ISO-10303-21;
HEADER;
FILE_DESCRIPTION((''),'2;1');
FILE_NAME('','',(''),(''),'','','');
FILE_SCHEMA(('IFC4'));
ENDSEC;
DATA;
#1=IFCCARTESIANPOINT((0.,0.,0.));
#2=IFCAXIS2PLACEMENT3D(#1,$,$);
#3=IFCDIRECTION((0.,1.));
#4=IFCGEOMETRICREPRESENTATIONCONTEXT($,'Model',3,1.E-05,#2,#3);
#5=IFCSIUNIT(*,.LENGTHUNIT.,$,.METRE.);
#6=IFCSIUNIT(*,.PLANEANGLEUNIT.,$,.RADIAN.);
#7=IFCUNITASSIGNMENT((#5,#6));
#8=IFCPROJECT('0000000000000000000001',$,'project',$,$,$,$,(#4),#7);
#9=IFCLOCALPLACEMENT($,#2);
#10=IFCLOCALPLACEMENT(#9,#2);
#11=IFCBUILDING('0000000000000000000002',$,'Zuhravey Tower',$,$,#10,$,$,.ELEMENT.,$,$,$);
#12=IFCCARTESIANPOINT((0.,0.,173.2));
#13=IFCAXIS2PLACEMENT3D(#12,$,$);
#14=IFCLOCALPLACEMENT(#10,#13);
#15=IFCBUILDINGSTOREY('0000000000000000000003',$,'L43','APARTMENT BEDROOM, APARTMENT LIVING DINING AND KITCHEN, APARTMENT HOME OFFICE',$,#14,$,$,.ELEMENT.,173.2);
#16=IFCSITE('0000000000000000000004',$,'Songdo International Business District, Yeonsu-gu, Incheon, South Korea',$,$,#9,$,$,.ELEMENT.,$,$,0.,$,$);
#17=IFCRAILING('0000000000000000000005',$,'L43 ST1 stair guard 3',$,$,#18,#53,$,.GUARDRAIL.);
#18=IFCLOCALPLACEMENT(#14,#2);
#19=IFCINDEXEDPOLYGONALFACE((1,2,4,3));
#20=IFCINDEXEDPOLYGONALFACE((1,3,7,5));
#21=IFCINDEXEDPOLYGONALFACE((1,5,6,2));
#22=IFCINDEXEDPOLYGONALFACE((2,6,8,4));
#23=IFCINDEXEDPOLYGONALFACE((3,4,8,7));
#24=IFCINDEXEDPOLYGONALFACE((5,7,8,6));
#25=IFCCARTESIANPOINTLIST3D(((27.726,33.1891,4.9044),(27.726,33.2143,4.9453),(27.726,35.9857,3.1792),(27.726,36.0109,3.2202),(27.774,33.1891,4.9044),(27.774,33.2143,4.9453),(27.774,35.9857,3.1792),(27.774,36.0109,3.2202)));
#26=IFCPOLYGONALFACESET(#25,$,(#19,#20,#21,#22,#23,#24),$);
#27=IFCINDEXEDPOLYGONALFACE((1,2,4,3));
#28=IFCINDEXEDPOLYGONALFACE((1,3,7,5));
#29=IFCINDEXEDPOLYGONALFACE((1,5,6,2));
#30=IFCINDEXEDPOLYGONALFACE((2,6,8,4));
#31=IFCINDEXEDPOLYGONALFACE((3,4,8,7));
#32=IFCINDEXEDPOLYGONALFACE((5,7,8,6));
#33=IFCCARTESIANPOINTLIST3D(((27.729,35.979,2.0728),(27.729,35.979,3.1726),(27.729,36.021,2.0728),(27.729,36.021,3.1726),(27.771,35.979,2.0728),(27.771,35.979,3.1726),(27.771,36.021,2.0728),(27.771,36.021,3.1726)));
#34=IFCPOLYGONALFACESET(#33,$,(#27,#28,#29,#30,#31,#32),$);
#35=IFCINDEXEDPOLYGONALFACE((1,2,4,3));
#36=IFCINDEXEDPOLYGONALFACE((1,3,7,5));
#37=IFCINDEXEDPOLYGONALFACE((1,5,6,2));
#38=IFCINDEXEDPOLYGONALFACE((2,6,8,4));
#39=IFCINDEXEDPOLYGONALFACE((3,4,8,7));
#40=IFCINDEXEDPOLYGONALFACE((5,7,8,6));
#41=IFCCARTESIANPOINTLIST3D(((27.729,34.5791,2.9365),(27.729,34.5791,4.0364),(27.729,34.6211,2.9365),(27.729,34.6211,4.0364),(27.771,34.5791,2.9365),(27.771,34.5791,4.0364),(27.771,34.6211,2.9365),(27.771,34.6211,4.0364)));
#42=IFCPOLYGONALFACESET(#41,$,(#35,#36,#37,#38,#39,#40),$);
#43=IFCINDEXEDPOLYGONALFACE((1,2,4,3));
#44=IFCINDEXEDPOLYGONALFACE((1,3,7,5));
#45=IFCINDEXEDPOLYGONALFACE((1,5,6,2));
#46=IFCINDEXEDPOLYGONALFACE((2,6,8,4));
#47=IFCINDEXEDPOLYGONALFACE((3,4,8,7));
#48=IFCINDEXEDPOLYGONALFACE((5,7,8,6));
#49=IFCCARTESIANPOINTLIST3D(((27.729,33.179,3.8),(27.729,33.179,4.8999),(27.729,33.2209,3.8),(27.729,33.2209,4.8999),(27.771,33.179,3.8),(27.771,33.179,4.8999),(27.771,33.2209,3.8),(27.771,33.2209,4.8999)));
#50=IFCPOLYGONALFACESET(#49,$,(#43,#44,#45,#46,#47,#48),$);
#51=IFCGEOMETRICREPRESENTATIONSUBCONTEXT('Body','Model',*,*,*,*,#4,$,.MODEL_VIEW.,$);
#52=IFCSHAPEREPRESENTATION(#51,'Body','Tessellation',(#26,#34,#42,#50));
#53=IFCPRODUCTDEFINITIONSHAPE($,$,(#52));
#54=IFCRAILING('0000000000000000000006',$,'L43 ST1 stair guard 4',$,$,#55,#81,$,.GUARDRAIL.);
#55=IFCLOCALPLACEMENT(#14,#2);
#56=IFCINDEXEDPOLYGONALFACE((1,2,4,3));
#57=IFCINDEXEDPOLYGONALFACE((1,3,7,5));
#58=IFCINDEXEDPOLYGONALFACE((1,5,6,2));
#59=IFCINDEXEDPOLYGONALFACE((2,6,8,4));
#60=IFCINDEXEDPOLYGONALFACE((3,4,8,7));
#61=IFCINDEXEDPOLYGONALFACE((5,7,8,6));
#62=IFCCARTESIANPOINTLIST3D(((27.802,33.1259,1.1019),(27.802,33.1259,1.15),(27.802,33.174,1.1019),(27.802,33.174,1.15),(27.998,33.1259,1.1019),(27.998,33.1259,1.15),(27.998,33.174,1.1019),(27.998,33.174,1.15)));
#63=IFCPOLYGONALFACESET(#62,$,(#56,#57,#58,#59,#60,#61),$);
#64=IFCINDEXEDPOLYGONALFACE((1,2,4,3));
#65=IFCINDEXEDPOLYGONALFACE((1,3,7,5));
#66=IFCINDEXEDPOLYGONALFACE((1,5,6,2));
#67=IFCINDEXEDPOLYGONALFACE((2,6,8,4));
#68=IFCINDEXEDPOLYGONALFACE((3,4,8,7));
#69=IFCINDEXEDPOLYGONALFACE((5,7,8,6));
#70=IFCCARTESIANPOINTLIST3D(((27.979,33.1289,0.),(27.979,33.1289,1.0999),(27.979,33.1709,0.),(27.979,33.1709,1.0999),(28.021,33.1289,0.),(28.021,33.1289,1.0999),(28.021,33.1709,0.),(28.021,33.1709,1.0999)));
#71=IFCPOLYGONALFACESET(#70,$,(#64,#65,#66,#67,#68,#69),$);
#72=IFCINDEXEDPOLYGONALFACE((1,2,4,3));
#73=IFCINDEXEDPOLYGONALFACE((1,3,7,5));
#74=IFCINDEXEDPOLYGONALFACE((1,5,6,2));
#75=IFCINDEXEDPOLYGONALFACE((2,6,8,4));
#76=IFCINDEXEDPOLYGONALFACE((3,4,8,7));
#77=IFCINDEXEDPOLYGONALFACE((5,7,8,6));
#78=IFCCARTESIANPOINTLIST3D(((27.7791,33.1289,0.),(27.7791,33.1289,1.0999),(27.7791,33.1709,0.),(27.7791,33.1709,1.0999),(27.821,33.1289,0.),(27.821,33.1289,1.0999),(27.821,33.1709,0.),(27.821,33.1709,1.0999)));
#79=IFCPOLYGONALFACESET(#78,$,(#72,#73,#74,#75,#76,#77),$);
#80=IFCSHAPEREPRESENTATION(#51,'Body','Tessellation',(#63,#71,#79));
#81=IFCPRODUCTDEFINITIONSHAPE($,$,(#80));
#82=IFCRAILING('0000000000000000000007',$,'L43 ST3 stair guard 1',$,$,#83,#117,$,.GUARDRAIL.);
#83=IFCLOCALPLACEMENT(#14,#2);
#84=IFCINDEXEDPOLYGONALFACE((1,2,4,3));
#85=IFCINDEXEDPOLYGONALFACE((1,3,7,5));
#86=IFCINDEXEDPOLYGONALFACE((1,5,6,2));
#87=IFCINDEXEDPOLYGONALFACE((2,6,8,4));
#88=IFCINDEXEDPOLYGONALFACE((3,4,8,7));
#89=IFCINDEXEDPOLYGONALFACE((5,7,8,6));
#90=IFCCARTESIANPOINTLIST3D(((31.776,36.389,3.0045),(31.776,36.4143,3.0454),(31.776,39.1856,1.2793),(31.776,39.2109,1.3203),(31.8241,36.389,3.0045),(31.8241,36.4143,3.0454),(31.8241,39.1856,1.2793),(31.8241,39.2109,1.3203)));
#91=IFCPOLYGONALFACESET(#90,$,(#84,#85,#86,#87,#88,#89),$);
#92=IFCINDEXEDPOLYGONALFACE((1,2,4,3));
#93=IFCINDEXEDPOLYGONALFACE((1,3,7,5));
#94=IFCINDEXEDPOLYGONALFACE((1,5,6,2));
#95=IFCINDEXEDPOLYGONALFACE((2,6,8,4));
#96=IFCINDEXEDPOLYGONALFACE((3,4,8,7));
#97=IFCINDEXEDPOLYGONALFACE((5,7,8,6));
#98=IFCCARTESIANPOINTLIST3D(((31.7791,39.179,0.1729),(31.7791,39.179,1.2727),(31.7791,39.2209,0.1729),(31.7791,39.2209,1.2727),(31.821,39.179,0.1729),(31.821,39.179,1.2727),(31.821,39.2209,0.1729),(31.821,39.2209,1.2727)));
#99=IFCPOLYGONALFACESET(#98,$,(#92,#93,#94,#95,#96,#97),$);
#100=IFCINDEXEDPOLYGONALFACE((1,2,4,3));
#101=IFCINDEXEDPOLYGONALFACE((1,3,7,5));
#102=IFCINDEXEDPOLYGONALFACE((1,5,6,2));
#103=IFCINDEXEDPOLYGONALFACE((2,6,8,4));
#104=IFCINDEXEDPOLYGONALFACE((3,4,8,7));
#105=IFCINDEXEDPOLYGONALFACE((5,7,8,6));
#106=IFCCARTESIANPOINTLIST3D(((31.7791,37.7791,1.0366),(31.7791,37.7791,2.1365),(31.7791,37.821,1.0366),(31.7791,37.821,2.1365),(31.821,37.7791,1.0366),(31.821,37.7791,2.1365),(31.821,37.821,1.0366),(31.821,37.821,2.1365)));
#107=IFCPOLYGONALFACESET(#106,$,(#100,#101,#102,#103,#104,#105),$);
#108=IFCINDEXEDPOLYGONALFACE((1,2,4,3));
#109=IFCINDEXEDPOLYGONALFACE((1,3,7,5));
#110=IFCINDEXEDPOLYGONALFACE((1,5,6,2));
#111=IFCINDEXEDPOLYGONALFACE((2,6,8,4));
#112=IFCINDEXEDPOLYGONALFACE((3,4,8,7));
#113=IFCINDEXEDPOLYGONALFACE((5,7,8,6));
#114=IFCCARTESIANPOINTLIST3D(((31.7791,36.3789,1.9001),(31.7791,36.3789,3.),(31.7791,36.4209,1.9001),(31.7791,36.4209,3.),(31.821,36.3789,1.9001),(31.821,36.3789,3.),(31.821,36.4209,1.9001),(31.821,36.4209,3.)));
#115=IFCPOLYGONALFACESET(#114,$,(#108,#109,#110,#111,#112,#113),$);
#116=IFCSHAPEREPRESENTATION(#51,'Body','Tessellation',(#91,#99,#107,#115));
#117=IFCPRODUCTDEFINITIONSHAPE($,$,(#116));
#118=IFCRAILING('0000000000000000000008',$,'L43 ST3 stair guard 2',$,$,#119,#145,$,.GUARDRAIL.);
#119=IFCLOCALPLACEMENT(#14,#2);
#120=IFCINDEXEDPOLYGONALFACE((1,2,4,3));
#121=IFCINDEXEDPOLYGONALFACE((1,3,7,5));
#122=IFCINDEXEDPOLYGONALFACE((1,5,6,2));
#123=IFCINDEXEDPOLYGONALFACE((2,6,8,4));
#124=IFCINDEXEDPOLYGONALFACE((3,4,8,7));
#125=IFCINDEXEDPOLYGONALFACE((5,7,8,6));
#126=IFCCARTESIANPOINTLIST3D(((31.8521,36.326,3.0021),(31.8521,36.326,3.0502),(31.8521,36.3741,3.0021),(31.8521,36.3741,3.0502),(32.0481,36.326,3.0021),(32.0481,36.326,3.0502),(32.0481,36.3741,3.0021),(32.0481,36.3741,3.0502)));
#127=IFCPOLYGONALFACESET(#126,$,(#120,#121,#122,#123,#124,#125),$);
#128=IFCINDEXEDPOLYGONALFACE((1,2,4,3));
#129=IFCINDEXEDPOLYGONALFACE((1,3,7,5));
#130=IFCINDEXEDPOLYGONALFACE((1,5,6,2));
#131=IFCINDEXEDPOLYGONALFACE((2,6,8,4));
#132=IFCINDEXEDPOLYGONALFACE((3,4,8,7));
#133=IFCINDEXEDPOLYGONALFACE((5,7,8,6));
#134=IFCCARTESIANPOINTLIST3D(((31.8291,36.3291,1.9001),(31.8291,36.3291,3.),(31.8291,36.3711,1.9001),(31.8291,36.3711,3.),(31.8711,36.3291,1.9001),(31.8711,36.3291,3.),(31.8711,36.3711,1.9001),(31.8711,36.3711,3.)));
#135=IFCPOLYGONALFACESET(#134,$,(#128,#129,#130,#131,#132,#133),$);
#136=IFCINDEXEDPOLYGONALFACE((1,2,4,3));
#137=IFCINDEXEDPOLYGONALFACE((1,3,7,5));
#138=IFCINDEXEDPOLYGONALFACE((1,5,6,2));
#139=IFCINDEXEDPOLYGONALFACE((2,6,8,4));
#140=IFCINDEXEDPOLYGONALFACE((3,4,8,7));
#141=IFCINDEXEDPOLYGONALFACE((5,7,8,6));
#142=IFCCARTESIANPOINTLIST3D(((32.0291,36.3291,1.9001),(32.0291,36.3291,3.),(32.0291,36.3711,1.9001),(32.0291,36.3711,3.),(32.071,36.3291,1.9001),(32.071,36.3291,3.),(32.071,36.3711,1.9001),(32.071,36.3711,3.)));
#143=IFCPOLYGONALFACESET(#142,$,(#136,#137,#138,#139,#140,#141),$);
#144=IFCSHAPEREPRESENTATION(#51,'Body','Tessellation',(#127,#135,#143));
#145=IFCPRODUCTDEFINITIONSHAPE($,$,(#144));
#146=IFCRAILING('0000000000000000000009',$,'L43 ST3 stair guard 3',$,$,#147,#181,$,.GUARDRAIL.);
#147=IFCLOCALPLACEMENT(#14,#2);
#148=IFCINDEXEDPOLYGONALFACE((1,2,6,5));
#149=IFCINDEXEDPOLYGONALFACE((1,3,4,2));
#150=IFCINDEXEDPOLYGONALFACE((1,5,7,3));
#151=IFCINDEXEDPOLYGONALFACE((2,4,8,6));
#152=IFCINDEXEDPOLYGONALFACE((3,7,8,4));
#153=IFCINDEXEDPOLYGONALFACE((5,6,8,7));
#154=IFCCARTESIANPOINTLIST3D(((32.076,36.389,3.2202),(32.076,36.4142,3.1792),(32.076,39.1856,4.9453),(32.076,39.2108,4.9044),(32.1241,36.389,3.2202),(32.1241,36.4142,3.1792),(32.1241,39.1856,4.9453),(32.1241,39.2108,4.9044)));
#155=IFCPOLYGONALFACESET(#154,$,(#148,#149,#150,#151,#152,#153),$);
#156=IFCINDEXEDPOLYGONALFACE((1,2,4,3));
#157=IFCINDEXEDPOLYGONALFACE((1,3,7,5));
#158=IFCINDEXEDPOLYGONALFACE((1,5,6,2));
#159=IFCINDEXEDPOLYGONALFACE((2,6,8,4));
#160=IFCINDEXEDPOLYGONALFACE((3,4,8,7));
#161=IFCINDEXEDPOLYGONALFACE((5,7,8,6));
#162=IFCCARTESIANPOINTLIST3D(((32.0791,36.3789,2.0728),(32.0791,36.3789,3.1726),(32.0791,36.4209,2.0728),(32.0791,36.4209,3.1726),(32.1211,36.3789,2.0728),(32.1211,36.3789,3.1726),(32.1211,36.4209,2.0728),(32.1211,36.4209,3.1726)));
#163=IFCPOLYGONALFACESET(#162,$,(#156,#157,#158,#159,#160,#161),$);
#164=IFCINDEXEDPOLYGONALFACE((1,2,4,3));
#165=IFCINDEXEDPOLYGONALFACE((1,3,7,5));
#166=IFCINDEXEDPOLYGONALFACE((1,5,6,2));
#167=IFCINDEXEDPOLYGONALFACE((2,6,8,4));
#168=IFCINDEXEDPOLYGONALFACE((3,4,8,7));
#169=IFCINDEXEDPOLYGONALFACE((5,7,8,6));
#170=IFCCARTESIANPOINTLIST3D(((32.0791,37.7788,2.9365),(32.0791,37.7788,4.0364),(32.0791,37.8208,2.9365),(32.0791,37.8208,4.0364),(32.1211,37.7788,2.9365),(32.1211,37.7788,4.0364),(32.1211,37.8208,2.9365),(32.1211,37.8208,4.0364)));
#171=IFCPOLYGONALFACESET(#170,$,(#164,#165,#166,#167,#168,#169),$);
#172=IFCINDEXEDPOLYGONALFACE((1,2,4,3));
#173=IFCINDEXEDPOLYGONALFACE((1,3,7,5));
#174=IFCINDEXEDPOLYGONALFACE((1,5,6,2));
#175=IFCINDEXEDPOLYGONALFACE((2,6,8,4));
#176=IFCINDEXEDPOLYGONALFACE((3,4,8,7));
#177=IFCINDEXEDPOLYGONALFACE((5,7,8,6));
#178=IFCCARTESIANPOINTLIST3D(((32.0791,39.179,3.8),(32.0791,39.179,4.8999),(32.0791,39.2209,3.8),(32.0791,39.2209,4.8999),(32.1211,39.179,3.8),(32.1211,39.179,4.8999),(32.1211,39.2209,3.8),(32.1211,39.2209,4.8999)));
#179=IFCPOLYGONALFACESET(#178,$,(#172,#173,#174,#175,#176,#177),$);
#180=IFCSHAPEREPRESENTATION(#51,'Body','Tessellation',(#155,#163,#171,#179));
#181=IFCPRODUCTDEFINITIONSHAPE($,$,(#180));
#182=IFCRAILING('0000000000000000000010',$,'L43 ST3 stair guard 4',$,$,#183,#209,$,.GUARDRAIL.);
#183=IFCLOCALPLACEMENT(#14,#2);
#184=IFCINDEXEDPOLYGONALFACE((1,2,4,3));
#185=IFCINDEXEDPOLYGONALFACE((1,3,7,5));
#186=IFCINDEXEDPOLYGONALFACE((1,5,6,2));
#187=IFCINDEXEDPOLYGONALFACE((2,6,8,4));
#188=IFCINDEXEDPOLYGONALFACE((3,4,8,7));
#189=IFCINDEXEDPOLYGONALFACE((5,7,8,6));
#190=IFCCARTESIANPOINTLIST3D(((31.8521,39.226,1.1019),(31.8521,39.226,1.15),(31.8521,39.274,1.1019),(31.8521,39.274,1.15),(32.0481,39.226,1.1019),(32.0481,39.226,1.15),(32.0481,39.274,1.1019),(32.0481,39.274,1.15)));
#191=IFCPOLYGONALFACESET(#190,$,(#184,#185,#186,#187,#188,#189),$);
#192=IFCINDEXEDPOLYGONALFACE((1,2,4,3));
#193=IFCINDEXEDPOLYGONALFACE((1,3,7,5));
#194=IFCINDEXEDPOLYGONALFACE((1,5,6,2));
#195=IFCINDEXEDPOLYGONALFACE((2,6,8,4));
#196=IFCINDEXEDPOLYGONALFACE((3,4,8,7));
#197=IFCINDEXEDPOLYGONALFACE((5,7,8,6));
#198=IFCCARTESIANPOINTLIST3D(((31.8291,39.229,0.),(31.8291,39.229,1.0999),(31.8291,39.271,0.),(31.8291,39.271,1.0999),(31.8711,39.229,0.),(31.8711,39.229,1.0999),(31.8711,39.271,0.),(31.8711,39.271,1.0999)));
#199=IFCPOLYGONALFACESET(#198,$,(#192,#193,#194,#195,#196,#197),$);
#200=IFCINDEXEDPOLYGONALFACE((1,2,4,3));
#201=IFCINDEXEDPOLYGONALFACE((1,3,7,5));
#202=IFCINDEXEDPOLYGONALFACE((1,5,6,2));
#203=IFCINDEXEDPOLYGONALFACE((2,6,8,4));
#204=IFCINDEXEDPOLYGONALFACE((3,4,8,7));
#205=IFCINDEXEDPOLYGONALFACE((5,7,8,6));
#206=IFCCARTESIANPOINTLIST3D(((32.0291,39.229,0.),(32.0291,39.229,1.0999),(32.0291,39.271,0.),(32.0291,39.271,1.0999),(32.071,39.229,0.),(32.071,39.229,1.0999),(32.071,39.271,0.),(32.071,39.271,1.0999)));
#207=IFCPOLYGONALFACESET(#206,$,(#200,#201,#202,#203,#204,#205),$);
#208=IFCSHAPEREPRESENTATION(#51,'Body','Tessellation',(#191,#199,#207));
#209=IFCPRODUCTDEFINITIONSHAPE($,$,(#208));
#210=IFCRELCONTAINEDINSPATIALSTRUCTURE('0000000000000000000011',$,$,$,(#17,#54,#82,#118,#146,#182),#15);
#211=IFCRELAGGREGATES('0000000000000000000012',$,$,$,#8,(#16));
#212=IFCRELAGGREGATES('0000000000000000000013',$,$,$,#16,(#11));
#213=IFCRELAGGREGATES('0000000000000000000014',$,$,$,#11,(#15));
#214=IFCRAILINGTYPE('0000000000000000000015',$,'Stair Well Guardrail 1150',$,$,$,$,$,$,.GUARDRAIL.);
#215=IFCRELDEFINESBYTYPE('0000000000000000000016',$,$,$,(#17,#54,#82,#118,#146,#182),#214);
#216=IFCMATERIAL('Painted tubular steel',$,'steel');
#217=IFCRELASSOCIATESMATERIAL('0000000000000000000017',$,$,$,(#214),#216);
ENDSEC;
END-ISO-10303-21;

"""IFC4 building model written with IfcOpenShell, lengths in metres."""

from ifc_helpers import new_model, si_unit, direction, frame, origin, origin_2d, place, context, subcontext, project, spatial, rectangle, extrude, material, type_object, element, save


model = new_model("IFC4")

# Units and contexts
model_context = context("Model", 3, precision=1e-05, world=origin(), true_north=direction((0.0, 1.0)))
body_context = subcontext(model_context, "Body", "Model", "MODEL_VIEW")
ifc_project = project(units=[si_unit("LENGTHUNIT", "METRE"), si_unit("PLANEANGLEUNIT", "RADIAN")], contexts=[model_context])

# Site, building, storey
site_placement = place(None, origin())
site = spatial("IfcSite", under=ifc_project, at=site_placement, Name="Songdo International Business District, Yeonsu-gu, Incheon, South Korea", CompositionType="ELEMENT", RefElevation=0.0)
building_placement = place(site_placement, origin())
building = spatial("IfcBuilding", under=site, at=building_placement, Name="Zuhravey Tower", CompositionType="ELEMENT")
storey_placement = place(building_placement, frame((0.0, 0.0, 173.2)))
storey = spatial("IfcBuildingStorey", under=building, at=storey_placement, Name="L43", Description="APARTMENT BEDROOM, APARTMENT LIVING DINING AND KITCHEN, APARTMENT HOME OFFICE", CompositionType="ELEMENT", Elevation=173.2)

# Railings
ifc_material_1 = material(Name="Painted tubular steel", Category="steel")
railing_type_1 = type_object("IfcRailingType", Name="Stair Well Guardrail 1150", PredefinedType="GUARDRAIL", material=ifc_material_1)
railing_1_placement = place(storey_placement, frame((27.75, 36.0, 2.0728)))
element("IfcRailing", 1, at=railing_1_placement, inside=storey, type_object=railing_type_1, Name="L43 ST1 stair guard 3", PredefinedType="GUARDRAIL", context=body_context, shape_type="SweptSolid", body=[
    extrude(rectangle(XDim=0.0481, YDim=0.0481, at=origin_2d()), frame((0.0, -0.0017, 1.127), z_axis=(0.0, -0.85109, 0.52502), x_axis=(1.0, 0.0, 0.0)), (0.0, 0.0, 1.0), 3.2859),
    extrude(rectangle(XDim=0.042, YDim=0.042, at=origin_2d()), origin(), (0.0, 0.0, 1.0), 1.0999),
    extrude(rectangle(XDim=0.042, YDim=0.042, at=origin_2d()), frame((0.0, -1.3999, 0.8638)), (0.0, 0.0, 1.0), 1.0999),
    extrude(rectangle(XDim=0.042, YDim=0.042, at=origin_2d()), frame((0.0, -2.8, 1.7273)), (0.0, 0.0, 1.0), 1.0999),
])
railing_2_placement = place(storey_placement, frame((28.0, 33.1499, 0.0)))
element("IfcRailing", 2, at=railing_2_placement, inside=storey, type_object=railing_type_1, Name="L43 ST1 stair guard 4", PredefinedType="GUARDRAIL", context=body_context, shape_type="SweptSolid", body=[
    extrude(rectangle(XDim=0.0481, YDim=0.0481, at=origin_2d()), frame((-0.002, 0.0, 1.126), z_axis=(-1.0, 0.0, 0.0), x_axis=(0.0, -1.0, 0.0)), (0.0, 0.0, 1.0), 0.196),
    extrude(rectangle(XDim=0.042, YDim=0.042, at=origin_2d()), origin(), (0.0, 0.0, 1.0), 1.0999),
    extrude(rectangle(XDim=0.042, YDim=0.042, at=origin_2d()), frame((-0.2, 0.0, 0.0)), (0.0, 0.0, 1.0), 1.0999),
])
railing_3_placement = place(storey_placement, frame((31.8, 39.2, 0.1729)))
element("IfcRailing", 3, at=railing_3_placement, inside=storey, type_object=railing_type_1, Name="L43 ST3 stair guard 1", PredefinedType="GUARDRAIL", context=body_context, shape_type="SweptSolid", body=[
    extrude(rectangle(XDim=0.0481, YDim=0.0481, at=origin_2d()), frame((0.0, -0.0017, 1.127), z_axis=(0.0, -0.85109, 0.52502), x_axis=(1.0, 0.0, 0.0)), (0.0, 0.0, 1.0), 3.2859),
    extrude(rectangle(XDim=0.042, YDim=0.042, at=origin_2d()), origin(), (0.0, 0.0, 1.0), 1.0999),
    extrude(rectangle(XDim=0.042, YDim=0.042, at=origin_2d()), frame((0.0, -1.3999, 0.8638)), (0.0, 0.0, 1.0), 1.0999),
    extrude(rectangle(XDim=0.042, YDim=0.042, at=origin_2d()), frame((0.0, -2.8, 1.7273)), (0.0, 0.0, 1.0), 1.0999),
])
railing_4_placement = place(storey_placement, frame((31.8501, 36.3501, 1.9001)))
element("IfcRailing", 4, at=railing_4_placement, inside=storey, type_object=railing_type_1, Name="L43 ST3 stair guard 2", PredefinedType="GUARDRAIL", context=body_context, shape_type="SweptSolid", body=[
    extrude(rectangle(XDim=0.0481, YDim=0.0481, at=origin_2d()), frame((0.002, 0.0, 1.126), z_axis=(1.0, 0.0, 0.0), x_axis=(0.0, 1.0, 0.0)), (0.0, 0.0, 1.0), 0.196),
    extrude(rectangle(XDim=0.042, YDim=0.042, at=origin_2d()), origin(), (0.0, 0.0, 1.0), 1.0999),
    extrude(rectangle(XDim=0.042, YDim=0.042, at=origin_2d()), frame((0.2, 0.0, 0.0)), (0.0, 0.0, 1.0), 1.0999),
])
railing_5_placement = place(storey_placement, frame((32.1001, 36.3999, 2.0728)))
element("IfcRailing", 5, at=railing_5_placement, inside=storey, type_object=railing_type_1, Name="L43 ST3 stair guard 3", PredefinedType="GUARDRAIL", context=body_context, shape_type="SweptSolid", body=[
    extrude(rectangle(XDim=0.0481, YDim=0.0481, at=origin_2d()), frame((0.0, 0.0017, 1.127), z_axis=(0.0, 0.85109, 0.52502), x_axis=(-1.0, 0.0, 0.0)), (0.0, 0.0, 1.0), 3.2859),
    extrude(rectangle(XDim=0.042, YDim=0.042, at=origin_2d()), origin(), (0.0, 0.0, 1.0), 1.0999),
    extrude(rectangle(XDim=0.042, YDim=0.042, at=origin_2d()), frame((0.0, 1.3999, 0.8638)), (0.0, 0.0, 1.0), 1.0999),
    extrude(rectangle(XDim=0.042, YDim=0.042, at=origin_2d()), frame((0.0, 2.8, 1.7273)), (0.0, 0.0, 1.0), 1.0999),
])
railing_6_placement = place(storey_placement, frame((31.8501, 39.25, 0.0)))
element("IfcRailing", 6, at=railing_6_placement, inside=storey, type_object=railing_type_1, Name="L43 ST3 stair guard 4", PredefinedType="GUARDRAIL", context=body_context, shape_type="SweptSolid", body=[
    extrude(rectangle(XDim=0.0481, YDim=0.0481, at=origin_2d()), frame((0.002, 0.0, 1.126), z_axis=(1.0, 0.0, 0.0), x_axis=(0.0, 1.0, 0.0)), (0.0, 0.0, 1.0), 0.196),
    extrude(rectangle(XDim=0.042, YDim=0.042, at=origin_2d()), origin(), (0.0, 0.0, 1.0), 1.0999),
    extrude(rectangle(XDim=0.042, YDim=0.042, at=origin_2d()), frame((0.2, 0.0, 0.0)), (0.0, 0.0, 1.0), 1.0999),
])

save(model, "model.ifc")
